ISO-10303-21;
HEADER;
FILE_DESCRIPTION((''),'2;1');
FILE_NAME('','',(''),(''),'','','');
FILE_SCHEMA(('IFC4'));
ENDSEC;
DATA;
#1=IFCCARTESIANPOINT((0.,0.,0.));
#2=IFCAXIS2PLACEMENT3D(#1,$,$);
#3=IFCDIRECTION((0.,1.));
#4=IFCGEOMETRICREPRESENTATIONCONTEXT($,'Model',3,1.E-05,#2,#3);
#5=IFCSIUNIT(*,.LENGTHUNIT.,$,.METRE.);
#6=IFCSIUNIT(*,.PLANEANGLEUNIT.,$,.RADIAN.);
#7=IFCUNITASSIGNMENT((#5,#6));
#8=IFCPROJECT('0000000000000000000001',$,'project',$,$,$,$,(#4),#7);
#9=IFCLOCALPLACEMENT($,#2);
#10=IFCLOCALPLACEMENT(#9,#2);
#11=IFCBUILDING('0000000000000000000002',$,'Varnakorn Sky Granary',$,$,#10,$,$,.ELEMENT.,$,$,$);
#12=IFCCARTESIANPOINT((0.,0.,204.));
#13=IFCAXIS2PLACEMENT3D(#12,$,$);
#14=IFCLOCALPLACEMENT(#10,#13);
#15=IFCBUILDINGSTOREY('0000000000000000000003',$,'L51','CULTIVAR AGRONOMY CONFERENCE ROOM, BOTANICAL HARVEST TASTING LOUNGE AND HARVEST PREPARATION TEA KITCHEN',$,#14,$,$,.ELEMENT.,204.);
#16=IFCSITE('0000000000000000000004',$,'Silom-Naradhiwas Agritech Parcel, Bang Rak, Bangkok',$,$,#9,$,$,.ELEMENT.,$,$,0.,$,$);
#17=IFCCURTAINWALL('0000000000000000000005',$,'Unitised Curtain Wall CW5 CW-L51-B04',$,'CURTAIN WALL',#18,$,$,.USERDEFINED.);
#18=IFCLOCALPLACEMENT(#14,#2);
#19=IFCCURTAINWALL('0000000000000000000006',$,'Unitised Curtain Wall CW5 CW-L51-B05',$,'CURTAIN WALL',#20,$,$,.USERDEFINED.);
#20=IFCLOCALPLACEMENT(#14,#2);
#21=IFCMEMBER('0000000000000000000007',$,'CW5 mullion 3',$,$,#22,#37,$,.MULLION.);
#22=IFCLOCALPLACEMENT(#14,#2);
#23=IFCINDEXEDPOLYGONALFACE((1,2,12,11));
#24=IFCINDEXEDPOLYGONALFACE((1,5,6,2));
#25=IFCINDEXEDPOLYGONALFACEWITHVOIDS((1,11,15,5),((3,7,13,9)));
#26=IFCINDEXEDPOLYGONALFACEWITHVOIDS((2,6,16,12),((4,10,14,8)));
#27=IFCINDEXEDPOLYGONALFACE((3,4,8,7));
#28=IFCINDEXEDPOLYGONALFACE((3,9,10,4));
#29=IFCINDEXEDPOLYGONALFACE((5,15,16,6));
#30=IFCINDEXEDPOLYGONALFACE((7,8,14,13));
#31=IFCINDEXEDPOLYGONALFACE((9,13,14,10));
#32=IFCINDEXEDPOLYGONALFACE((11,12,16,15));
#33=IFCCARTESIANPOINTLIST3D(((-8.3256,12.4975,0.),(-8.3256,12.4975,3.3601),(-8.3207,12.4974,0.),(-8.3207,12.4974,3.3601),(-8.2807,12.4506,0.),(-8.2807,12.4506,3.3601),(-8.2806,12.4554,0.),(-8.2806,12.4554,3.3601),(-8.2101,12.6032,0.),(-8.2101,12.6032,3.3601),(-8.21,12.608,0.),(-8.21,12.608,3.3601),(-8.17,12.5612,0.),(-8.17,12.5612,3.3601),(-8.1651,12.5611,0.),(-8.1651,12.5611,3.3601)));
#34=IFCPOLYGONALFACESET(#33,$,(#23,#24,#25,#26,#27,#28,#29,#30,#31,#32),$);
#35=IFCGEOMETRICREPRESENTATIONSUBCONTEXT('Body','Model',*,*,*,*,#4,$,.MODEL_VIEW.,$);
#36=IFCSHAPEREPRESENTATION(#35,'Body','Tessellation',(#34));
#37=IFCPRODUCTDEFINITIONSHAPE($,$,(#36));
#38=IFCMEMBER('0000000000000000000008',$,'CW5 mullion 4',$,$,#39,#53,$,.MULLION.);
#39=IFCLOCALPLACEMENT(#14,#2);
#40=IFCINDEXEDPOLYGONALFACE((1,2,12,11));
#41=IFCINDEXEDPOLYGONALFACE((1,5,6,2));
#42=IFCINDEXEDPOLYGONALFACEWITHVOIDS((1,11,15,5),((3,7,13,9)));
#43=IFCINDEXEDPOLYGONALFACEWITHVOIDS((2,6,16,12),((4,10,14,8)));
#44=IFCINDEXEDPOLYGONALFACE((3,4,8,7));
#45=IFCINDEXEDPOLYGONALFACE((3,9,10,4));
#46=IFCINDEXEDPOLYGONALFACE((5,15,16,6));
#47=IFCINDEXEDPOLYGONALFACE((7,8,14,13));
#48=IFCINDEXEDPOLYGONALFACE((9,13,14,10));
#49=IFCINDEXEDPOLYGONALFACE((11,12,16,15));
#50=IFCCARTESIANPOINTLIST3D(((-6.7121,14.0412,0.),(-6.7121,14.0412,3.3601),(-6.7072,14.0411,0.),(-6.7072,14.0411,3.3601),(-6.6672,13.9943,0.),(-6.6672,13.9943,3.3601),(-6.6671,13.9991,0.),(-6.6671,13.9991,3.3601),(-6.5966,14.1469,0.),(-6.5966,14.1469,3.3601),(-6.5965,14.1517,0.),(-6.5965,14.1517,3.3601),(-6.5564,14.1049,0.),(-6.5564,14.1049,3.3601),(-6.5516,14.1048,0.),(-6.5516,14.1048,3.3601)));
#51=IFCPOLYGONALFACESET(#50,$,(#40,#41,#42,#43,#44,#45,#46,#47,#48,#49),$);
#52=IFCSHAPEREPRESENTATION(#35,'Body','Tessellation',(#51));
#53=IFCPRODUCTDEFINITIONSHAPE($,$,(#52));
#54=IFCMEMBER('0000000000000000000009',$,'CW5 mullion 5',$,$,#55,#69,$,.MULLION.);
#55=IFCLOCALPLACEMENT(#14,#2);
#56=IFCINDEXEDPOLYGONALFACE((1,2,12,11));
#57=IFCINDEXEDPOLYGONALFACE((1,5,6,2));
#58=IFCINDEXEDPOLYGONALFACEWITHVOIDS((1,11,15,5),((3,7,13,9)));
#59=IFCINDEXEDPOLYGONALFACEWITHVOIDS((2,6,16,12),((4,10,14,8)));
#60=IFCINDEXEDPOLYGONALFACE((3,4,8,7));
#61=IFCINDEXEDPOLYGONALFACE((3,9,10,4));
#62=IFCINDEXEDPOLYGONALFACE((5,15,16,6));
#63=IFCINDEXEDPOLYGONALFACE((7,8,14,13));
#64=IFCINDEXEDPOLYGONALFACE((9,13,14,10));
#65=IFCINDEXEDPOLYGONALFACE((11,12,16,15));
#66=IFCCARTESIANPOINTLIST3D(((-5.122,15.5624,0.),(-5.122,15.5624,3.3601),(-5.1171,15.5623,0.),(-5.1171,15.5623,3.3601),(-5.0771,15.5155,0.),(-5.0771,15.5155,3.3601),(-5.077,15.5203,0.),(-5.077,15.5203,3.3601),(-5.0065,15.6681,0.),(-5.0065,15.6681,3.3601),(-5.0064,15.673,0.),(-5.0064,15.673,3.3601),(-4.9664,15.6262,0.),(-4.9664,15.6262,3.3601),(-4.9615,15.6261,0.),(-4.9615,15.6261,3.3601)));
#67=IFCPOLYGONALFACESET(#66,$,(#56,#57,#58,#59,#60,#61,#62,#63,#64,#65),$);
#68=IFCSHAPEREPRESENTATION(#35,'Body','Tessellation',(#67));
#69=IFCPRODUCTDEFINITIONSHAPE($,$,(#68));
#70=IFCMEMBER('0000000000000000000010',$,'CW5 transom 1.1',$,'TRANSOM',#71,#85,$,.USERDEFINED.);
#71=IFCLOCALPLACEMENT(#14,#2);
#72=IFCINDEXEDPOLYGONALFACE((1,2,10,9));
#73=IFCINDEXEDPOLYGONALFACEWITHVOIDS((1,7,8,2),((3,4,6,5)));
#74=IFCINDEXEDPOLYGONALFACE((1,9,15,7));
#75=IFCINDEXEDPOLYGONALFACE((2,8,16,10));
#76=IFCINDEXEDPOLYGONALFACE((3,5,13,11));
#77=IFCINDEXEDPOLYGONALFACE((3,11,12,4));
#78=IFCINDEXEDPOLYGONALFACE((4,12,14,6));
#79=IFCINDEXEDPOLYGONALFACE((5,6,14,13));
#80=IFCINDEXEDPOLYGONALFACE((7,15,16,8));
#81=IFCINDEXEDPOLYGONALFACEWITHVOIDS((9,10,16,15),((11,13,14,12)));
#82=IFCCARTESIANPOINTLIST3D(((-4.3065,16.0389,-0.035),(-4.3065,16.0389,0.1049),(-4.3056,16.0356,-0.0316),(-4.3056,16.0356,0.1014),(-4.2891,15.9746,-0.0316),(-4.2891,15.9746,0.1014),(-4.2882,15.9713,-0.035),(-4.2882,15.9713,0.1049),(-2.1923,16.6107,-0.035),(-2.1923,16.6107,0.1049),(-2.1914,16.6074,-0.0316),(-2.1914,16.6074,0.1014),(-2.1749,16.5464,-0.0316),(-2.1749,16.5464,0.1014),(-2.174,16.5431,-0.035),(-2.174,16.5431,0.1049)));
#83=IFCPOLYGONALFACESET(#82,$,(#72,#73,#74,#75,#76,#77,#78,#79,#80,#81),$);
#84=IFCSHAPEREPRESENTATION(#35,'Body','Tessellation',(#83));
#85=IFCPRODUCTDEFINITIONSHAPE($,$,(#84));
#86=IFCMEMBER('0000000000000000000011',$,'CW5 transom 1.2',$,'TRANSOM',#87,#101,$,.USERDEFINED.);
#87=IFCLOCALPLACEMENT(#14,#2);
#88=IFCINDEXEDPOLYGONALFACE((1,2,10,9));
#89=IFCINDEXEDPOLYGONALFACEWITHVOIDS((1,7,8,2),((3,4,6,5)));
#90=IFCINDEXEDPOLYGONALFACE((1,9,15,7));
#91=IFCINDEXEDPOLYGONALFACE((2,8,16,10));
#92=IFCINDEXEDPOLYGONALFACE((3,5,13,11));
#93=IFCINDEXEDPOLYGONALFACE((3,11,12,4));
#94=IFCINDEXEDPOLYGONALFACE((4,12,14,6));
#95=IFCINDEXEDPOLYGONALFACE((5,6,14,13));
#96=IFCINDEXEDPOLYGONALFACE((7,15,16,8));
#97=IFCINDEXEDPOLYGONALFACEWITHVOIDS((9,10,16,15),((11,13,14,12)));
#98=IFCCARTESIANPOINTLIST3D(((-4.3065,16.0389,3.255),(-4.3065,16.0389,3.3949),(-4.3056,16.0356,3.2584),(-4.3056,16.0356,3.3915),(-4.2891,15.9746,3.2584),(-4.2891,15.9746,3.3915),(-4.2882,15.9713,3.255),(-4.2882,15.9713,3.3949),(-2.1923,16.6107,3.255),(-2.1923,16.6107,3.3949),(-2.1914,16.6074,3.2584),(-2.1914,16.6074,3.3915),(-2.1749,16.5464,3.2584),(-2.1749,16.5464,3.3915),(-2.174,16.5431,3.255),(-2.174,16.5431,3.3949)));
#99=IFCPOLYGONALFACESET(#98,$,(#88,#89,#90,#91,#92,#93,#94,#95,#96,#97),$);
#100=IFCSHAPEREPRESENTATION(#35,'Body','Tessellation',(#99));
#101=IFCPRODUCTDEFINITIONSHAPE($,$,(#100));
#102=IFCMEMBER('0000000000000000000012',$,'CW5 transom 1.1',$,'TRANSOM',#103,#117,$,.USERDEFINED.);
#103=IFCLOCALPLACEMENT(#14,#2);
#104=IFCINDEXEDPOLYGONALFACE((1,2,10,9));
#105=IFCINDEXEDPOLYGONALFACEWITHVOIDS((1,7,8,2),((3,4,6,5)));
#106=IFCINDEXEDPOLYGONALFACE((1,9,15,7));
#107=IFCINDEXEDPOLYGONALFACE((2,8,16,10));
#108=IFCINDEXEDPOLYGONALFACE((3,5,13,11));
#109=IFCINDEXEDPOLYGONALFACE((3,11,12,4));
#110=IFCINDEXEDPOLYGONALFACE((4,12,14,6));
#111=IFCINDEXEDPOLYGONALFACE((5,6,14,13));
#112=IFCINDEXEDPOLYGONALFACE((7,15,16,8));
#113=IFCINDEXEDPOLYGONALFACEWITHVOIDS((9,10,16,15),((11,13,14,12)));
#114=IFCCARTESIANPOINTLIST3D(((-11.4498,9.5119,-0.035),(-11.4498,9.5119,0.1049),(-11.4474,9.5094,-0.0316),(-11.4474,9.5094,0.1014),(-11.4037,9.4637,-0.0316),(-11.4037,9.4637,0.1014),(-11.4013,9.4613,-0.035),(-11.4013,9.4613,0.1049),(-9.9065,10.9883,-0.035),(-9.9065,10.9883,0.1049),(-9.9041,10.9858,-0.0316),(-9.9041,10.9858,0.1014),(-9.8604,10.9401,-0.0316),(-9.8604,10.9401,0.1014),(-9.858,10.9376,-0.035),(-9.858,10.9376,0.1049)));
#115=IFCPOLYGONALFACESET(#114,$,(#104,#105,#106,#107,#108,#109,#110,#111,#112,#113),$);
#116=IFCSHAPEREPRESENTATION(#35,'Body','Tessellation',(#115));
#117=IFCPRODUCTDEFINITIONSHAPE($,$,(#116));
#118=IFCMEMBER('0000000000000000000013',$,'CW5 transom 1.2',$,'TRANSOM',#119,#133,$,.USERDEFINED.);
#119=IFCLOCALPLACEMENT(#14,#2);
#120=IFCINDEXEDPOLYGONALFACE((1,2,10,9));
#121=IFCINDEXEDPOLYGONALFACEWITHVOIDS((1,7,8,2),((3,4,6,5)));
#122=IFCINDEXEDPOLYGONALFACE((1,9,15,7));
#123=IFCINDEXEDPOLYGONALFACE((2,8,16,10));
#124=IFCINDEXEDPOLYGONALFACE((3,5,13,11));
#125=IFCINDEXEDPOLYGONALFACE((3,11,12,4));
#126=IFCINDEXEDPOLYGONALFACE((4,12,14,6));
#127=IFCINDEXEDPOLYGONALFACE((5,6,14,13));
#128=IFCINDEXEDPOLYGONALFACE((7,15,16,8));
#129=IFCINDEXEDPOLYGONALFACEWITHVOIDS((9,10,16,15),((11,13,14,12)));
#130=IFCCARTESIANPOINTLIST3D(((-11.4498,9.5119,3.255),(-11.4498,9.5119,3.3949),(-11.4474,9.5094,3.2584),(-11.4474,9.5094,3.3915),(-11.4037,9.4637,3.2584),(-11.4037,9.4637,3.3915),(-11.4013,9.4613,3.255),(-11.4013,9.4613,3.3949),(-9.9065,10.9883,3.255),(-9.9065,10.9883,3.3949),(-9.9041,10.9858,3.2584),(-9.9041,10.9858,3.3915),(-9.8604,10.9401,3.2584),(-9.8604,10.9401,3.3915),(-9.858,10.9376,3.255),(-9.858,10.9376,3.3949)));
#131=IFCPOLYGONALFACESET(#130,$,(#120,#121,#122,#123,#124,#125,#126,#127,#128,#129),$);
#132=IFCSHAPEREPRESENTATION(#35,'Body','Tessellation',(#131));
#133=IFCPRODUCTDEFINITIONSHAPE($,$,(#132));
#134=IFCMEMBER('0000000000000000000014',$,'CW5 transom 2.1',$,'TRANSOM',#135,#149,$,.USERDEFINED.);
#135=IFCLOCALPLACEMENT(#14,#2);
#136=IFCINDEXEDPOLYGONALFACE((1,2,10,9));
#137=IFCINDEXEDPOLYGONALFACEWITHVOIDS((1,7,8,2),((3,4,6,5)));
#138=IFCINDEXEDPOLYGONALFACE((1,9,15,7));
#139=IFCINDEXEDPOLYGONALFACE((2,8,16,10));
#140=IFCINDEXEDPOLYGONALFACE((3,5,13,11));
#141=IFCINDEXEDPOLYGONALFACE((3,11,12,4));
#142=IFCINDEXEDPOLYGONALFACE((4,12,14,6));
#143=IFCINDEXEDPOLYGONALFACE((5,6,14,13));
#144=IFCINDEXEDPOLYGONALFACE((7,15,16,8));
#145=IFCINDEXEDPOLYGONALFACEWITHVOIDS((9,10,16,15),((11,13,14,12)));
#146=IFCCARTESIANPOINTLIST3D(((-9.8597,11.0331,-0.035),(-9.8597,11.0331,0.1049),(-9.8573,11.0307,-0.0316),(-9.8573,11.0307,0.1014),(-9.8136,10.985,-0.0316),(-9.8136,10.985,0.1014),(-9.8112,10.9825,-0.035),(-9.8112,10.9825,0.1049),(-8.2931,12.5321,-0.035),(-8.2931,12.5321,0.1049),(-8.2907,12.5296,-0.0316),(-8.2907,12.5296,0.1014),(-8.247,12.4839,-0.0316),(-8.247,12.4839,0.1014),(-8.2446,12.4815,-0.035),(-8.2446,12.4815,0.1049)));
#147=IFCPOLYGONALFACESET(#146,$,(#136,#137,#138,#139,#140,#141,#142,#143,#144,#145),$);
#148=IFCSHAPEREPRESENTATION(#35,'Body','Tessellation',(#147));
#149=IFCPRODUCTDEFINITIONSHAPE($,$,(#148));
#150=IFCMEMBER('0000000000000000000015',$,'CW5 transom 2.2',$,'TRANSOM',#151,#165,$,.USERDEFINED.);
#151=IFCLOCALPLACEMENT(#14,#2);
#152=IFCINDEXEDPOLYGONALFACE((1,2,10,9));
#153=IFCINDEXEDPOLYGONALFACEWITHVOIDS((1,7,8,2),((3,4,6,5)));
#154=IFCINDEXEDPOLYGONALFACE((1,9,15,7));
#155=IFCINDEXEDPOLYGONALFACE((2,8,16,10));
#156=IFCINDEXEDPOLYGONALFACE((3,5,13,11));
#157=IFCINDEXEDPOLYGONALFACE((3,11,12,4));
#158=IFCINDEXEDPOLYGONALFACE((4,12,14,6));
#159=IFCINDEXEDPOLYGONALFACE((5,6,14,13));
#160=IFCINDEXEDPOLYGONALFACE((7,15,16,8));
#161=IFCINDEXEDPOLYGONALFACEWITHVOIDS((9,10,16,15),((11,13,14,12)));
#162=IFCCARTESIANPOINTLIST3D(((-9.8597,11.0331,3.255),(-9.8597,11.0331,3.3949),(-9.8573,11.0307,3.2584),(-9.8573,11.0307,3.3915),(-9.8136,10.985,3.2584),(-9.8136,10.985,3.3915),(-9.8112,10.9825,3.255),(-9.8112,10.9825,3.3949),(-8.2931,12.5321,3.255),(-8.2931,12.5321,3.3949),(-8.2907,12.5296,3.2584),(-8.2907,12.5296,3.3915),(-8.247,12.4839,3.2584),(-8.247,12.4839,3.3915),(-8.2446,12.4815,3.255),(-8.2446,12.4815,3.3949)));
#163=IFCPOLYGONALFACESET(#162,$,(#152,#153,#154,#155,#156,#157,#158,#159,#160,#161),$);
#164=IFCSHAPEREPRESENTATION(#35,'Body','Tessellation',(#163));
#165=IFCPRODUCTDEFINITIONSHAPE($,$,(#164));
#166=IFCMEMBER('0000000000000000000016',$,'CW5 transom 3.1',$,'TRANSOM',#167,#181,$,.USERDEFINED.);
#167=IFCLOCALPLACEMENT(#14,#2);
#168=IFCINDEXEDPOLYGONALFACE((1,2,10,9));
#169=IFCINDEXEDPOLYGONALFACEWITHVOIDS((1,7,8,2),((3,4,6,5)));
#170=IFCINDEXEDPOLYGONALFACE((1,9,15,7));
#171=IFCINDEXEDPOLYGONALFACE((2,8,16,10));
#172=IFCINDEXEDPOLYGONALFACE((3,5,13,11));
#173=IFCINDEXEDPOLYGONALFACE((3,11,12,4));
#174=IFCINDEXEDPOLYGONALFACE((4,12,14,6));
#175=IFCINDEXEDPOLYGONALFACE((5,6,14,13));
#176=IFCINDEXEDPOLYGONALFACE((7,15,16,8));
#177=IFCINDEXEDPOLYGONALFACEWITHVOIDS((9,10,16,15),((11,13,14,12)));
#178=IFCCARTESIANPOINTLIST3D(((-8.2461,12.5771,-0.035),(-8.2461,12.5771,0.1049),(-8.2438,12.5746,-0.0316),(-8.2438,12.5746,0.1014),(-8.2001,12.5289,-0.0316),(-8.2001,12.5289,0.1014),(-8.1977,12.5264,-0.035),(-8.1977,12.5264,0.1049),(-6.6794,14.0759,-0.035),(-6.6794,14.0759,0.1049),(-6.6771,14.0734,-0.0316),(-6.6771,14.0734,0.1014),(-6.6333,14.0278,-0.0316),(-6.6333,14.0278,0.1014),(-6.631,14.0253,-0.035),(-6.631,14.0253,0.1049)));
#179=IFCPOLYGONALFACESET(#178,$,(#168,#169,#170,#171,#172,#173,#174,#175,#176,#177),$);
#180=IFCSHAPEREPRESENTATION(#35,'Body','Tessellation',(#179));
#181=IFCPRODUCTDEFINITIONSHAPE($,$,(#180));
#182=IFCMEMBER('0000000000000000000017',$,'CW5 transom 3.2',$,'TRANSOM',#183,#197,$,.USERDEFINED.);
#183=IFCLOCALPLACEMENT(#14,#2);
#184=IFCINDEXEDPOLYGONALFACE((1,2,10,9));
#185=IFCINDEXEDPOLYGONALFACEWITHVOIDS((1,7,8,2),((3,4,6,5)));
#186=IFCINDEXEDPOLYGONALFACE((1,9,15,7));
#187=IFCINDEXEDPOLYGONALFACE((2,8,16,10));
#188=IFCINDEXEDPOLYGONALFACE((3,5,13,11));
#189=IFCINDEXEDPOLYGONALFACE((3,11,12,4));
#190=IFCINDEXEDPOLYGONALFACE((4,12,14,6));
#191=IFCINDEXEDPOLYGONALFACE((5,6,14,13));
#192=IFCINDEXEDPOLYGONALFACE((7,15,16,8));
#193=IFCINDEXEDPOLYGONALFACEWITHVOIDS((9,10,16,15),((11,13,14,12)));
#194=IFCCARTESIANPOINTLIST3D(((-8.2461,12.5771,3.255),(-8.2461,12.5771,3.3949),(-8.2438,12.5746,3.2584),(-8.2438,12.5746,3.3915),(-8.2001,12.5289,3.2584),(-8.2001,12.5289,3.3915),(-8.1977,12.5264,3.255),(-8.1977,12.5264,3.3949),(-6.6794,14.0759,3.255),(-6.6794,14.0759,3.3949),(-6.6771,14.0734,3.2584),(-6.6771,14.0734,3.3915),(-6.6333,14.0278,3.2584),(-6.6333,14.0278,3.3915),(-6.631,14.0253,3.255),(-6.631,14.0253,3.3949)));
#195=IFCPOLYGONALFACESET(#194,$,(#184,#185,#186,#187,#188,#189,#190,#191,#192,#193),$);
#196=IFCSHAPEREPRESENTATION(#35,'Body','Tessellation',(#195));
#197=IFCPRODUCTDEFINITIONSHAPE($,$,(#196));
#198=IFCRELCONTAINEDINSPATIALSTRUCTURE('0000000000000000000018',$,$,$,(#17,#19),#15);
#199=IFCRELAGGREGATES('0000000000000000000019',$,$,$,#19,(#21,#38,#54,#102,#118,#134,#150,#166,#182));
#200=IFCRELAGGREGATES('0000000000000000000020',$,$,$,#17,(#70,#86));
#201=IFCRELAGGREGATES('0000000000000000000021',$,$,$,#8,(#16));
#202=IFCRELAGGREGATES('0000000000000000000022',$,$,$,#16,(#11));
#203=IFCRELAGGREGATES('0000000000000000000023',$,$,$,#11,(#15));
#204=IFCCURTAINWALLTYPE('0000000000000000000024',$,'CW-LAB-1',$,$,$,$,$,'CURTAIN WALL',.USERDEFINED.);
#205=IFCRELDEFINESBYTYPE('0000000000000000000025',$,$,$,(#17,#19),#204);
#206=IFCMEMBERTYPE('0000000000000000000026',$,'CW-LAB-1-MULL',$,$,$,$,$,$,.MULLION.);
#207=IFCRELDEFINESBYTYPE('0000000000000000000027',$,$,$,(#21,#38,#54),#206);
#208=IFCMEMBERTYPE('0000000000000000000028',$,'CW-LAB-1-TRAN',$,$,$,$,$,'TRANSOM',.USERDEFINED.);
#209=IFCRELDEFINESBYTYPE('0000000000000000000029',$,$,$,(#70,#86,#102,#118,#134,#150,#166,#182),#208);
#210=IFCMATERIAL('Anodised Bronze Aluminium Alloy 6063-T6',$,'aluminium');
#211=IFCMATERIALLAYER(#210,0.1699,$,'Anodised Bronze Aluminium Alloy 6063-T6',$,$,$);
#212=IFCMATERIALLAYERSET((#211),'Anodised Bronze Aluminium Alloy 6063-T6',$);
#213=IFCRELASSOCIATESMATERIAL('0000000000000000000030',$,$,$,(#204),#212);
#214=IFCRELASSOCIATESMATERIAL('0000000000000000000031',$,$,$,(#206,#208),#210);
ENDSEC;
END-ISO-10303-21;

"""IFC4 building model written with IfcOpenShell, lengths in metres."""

from ifc_helpers import new_model, si_unit, direction, frame, origin, origin_2d, place, context, subcontext, project, spatial, hollow_rectangle, extrude, material, layer, layer_set, material_profile, profile_set, type_object, element, aggregate, save


model = new_model("IFC4")

# Units and contexts
model_context = context("Model", 3, precision=1e-05, world=origin(), true_north=direction((0.0, 1.0)))
body_context = subcontext(model_context, "Body", "Model", "MODEL_VIEW")
ifc_project = project(units=[si_unit("LENGTHUNIT", "METRE"), si_unit("PLANEANGLEUNIT", "RADIAN")], contexts=[model_context])

# Site, building, storey
site_placement = place(None, origin())
site = spatial("IfcSite", under=ifc_project, at=site_placement, Name="Silom-Naradhiwas Agritech Parcel, Bang Rak, Bangkok", CompositionType="ELEMENT", RefElevation=0.0)
building_placement = place(site_placement, origin())
building = spatial("IfcBuilding", under=site, at=building_placement, Name="Varnakorn Sky Granary", CompositionType="ELEMENT")
storey_placement = place(building_placement, frame((0.0, 0.0, 204.0)))
storey = spatial("IfcBuildingStorey", under=building, at=storey_placement, Name="L51", Description="CULTIVAR AGRONOMY CONFERENCE ROOM, BOTANICAL HARVEST TASTING LOUNGE AND HARVEST PREPARATION TEA KITCHEN", CompositionType="ELEMENT", Elevation=204.0)

# Curtain wall
ifc_material_1 = material(Name="Anodised Bronze Aluminium Alloy 6063-T6", Category="aluminium")
ifc_layer_1 = layer(ifc_material_1, 0.1699, Name="Anodised Bronze Aluminium Alloy 6063-T6")
ifc_layer_set_1 = layer_set([ifc_layer_1], Name="Anodised Bronze Aluminium Alloy 6063-T6")
curtain_wall_type = type_object("IfcCurtainWallType", Name="CW-LAB-1", ElementType="CURTAIN WALL", PredefinedType="USERDEFINED", material=ifc_layer_set_1)
curtain_wall_1_placement = place(storey_placement, origin())
curtain_wall_1 = element("IfcCurtainWall", 1, at=curtain_wall_1_placement, inside=storey, type_object=curtain_wall_type, Name="Unitised Curtain Wall CW5 CW-L51-B04", ObjectType="CURTAIN WALL", PredefinedType="USERDEFINED")
ifc_material_profile_1 = material_profile(ifc_material_1, hollow_rectangle(XDim=0.0649, YDim=0.1599, WallThickness=0.0034, at=origin_2d()), Name="ALU MULL 65x160")
ifc_profile_set_1 = profile_set([ifc_material_profile_1], Name="Anodised Bronze Aluminium Alloy 6063-T6")
member_type_1 = type_object("IfcMemberType", Name="CW-LAB-1-MULL", PredefinedType="MULLION", material=ifc_profile_set_1)

# Curtain wall, members
curtain_wall_2_placement = place(storey_placement, origin())
curtain_wall_2 = element("IfcCurtainWall", 2, at=curtain_wall_2_placement, inside=storey, type_object=curtain_wall_type, Name="Unitised Curtain Wall CW5 CW-L51-B05", ObjectType="CURTAIN WALL", PredefinedType="USERDEFINED")
member_1_placement = place(storey_placement, frame((-8.2454, 12.5293, 0.0), z_axis=(0.0, 0.0, 1.0), x_axis=(-0.691317, 0.722551, 0.0)))
member_1 = element("IfcMember", 3, at=member_1_placement, type_object=member_type_1, Name="CW5 mullion 3", PredefinedType="MULLION", context=body_context, shape_type="SweptSolid", body=[
    extrude(hollow_rectangle(XDim=0.0649, YDim=0.1599, WallThickness=0.0034, at=origin_2d()), origin(), (0.0, 0.0, 1.0), 3.3601),
])
member_2_placement = place(storey_placement, frame((-6.6318, 14.073, 0.0), z_axis=(0.0, 0.0, 1.0), x_axis=(-0.691317, 0.722551, 0.0)))
member_2 = element("IfcMember", 4, at=member_2_placement, type_object=member_type_1, Name="CW5 mullion 4", PredefinedType="MULLION", context=body_context, shape_type="SweptSolid", body=[
    extrude(hollow_rectangle(XDim=0.0649, YDim=0.1599, WallThickness=0.0034, at=origin_2d()), origin(), (0.0, 0.0, 1.0), 3.3601),
])
member_3_placement = place(storey_placement, frame((-5.0417, 15.5942, 0.0), z_axis=(0.0, 0.0, 1.0), x_axis=(-0.691317, 0.722551, 0.0)))
member_3 = element("IfcMember", 5, at=member_3_placement, type_object=member_type_1, Name="CW5 mullion 5", PredefinedType="MULLION", context=body_context, shape_type="SweptSolid", body=[
    extrude(hollow_rectangle(XDim=0.0649, YDim=0.1599, WallThickness=0.0034, at=origin_2d()), origin(), (0.0, 0.0, 1.0), 3.3601),
])

# Members
ifc_material_profile_2 = material_profile(ifc_material_1, hollow_rectangle(XDim=0.0701, YDim=0.1399, WallThickness=0.0034, at=origin_2d()), Name="ALU TRAN 70x140")
ifc_profile_set_2 = profile_set([ifc_material_profile_2], Name="Anodised Bronze Aluminium Alloy 6063-T6")
member_type_2 = type_object("IfcMemberType", Name="CW-LAB-1-TRAN", ElementType="TRANSOM", PredefinedType="USERDEFINED", material=ifc_profile_set_2)
member_4_placement = place(storey_placement, frame((-4.2974, 16.0051, 0.0349), z_axis=(0.965322, 0.261061, 0.0), x_axis=(-0.261061, 0.965322, 0.0)))
member_4 = element("IfcMember", 6, at=member_4_placement, type_object=member_type_2, Name="CW5 transom 1.1", ObjectType="TRANSOM", PredefinedType="USERDEFINED", context=body_context, shape_type="SweptSolid", body=[
    extrude(hollow_rectangle(XDim=0.0701, YDim=0.1399, WallThickness=0.0034, at=origin_2d()), origin(), (0.0, 0.0, 1.0), 2.1902),
])
member_5_placement = place(storey_placement, frame((-4.2974, 16.0051, 3.325), z_axis=(0.965322, 0.261061, 0.0), x_axis=(-0.261061, 0.965322, 0.0)))
member_5 = element("IfcMember", 7, at=member_5_placement, type_object=member_type_2, Name="CW5 transom 1.2", ObjectType="TRANSOM", PredefinedType="USERDEFINED", context=body_context, shape_type="SweptSolid", body=[
    extrude(hollow_rectangle(XDim=0.0701, YDim=0.1399, WallThickness=0.0034, at=origin_2d()), origin(), (0.0, 0.0, 1.0), 2.1902),
])
member_6_placement = place(storey_placement, frame((-11.4255, 9.4866, 0.0349), z_axis=(0.722595, 0.691272, 0.0), x_axis=(-0.691272, 0.722595, 0.0)))
member_6 = element("IfcMember", 8, at=member_6_placement, type_object=member_type_2, Name="CW5 transom 1.1", ObjectType="TRANSOM", PredefinedType="USERDEFINED", context=body_context, shape_type="SweptSolid", body=[
    extrude(hollow_rectangle(XDim=0.0701, YDim=0.1399, WallThickness=0.0034, at=origin_2d()), origin(), (0.0, 0.0, 1.0), 2.1357),
])
member_7_placement = place(storey_placement, frame((-11.4255, 9.4866, 3.325), z_axis=(0.722595, 0.691272, 0.0), x_axis=(-0.691272, 0.722595, 0.0)))
member_7 = element("IfcMember", 9, at=member_7_placement, type_object=member_type_2, Name="CW5 transom 1.2", ObjectType="TRANSOM", PredefinedType="USERDEFINED", context=body_context, shape_type="SweptSolid", body=[
    extrude(hollow_rectangle(XDim=0.0701, YDim=0.1399, WallThickness=0.0034, at=origin_2d()), origin(), (0.0, 0.0, 1.0), 2.1357),
])
member_8_placement = place(storey_placement, frame((-9.8354, 11.0078, 0.0349), z_axis=(0.722529, 0.69134, 0.0), x_axis=(-0.69134, 0.722529, 0.0)))
member_8 = element("IfcMember", 10, at=member_8_placement, type_object=member_type_2, Name="CW5 transom 2.1", ObjectType="TRANSOM", PredefinedType="USERDEFINED", context=body_context, shape_type="SweptSolid", body=[
    extrude(hollow_rectangle(XDim=0.0701, YDim=0.1399, WallThickness=0.0034, at=origin_2d()), origin(), (0.0, 0.0, 1.0), 2.1682),
])
member_9_placement = place(storey_placement, frame((-9.8354, 11.0078, 3.325), z_axis=(0.722529, 0.69134, 0.0), x_axis=(-0.69134, 0.722529, 0.0)))
member_9 = element("IfcMember", 11, at=member_9_placement, type_object=member_type_2, Name="CW5 transom 2.2", ObjectType="TRANSOM", PredefinedType="USERDEFINED", context=body_context, shape_type="SweptSolid", body=[
    extrude(hollow_rectangle(XDim=0.0701, YDim=0.1399, WallThickness=0.0034, at=origin_2d()), origin(), (0.0, 0.0, 1.0), 2.1682),
])
member_10_placement = place(storey_placement, frame((-8.2219, 12.5518, 0.0349), z_axis=(0.722586, 0.691281, 0.0), x_axis=(-0.691281, 0.722586, 0.0)))
member_10 = element("IfcMember", 12, at=member_10_placement, type_object=member_type_2, Name="CW5 transom 3.1", ObjectType="TRANSOM", PredefinedType="USERDEFINED", context=body_context, shape_type="SweptSolid", body=[
    extrude(hollow_rectangle(XDim=0.0701, YDim=0.1399, WallThickness=0.0034, at=origin_2d()), origin(), (0.0, 0.0, 1.0), 2.1682),
])
member_11_placement = place(storey_placement, frame((-8.2219, 12.5518, 3.325), z_axis=(0.722586, 0.691281, 0.0), x_axis=(-0.691281, 0.722586, 0.0)))
member_11 = element("IfcMember", 13, at=member_11_placement, type_object=member_type_2, Name="CW5 transom 3.2", ObjectType="TRANSOM", PredefinedType="USERDEFINED", context=body_context, shape_type="SweptSolid", body=[
    extrude(hollow_rectangle(XDim=0.0701, YDim=0.1399, WallThickness=0.0034, at=origin_2d()), origin(), (0.0, 0.0, 1.0), 2.1682),
])

aggregate(curtain_wall_2, [member_1, member_2, member_3, member_6, member_7, member_8, member_9, member_10, member_11])
aggregate(curtain_wall_1, [member_4, member_5])

save(model, "model.ifc")
